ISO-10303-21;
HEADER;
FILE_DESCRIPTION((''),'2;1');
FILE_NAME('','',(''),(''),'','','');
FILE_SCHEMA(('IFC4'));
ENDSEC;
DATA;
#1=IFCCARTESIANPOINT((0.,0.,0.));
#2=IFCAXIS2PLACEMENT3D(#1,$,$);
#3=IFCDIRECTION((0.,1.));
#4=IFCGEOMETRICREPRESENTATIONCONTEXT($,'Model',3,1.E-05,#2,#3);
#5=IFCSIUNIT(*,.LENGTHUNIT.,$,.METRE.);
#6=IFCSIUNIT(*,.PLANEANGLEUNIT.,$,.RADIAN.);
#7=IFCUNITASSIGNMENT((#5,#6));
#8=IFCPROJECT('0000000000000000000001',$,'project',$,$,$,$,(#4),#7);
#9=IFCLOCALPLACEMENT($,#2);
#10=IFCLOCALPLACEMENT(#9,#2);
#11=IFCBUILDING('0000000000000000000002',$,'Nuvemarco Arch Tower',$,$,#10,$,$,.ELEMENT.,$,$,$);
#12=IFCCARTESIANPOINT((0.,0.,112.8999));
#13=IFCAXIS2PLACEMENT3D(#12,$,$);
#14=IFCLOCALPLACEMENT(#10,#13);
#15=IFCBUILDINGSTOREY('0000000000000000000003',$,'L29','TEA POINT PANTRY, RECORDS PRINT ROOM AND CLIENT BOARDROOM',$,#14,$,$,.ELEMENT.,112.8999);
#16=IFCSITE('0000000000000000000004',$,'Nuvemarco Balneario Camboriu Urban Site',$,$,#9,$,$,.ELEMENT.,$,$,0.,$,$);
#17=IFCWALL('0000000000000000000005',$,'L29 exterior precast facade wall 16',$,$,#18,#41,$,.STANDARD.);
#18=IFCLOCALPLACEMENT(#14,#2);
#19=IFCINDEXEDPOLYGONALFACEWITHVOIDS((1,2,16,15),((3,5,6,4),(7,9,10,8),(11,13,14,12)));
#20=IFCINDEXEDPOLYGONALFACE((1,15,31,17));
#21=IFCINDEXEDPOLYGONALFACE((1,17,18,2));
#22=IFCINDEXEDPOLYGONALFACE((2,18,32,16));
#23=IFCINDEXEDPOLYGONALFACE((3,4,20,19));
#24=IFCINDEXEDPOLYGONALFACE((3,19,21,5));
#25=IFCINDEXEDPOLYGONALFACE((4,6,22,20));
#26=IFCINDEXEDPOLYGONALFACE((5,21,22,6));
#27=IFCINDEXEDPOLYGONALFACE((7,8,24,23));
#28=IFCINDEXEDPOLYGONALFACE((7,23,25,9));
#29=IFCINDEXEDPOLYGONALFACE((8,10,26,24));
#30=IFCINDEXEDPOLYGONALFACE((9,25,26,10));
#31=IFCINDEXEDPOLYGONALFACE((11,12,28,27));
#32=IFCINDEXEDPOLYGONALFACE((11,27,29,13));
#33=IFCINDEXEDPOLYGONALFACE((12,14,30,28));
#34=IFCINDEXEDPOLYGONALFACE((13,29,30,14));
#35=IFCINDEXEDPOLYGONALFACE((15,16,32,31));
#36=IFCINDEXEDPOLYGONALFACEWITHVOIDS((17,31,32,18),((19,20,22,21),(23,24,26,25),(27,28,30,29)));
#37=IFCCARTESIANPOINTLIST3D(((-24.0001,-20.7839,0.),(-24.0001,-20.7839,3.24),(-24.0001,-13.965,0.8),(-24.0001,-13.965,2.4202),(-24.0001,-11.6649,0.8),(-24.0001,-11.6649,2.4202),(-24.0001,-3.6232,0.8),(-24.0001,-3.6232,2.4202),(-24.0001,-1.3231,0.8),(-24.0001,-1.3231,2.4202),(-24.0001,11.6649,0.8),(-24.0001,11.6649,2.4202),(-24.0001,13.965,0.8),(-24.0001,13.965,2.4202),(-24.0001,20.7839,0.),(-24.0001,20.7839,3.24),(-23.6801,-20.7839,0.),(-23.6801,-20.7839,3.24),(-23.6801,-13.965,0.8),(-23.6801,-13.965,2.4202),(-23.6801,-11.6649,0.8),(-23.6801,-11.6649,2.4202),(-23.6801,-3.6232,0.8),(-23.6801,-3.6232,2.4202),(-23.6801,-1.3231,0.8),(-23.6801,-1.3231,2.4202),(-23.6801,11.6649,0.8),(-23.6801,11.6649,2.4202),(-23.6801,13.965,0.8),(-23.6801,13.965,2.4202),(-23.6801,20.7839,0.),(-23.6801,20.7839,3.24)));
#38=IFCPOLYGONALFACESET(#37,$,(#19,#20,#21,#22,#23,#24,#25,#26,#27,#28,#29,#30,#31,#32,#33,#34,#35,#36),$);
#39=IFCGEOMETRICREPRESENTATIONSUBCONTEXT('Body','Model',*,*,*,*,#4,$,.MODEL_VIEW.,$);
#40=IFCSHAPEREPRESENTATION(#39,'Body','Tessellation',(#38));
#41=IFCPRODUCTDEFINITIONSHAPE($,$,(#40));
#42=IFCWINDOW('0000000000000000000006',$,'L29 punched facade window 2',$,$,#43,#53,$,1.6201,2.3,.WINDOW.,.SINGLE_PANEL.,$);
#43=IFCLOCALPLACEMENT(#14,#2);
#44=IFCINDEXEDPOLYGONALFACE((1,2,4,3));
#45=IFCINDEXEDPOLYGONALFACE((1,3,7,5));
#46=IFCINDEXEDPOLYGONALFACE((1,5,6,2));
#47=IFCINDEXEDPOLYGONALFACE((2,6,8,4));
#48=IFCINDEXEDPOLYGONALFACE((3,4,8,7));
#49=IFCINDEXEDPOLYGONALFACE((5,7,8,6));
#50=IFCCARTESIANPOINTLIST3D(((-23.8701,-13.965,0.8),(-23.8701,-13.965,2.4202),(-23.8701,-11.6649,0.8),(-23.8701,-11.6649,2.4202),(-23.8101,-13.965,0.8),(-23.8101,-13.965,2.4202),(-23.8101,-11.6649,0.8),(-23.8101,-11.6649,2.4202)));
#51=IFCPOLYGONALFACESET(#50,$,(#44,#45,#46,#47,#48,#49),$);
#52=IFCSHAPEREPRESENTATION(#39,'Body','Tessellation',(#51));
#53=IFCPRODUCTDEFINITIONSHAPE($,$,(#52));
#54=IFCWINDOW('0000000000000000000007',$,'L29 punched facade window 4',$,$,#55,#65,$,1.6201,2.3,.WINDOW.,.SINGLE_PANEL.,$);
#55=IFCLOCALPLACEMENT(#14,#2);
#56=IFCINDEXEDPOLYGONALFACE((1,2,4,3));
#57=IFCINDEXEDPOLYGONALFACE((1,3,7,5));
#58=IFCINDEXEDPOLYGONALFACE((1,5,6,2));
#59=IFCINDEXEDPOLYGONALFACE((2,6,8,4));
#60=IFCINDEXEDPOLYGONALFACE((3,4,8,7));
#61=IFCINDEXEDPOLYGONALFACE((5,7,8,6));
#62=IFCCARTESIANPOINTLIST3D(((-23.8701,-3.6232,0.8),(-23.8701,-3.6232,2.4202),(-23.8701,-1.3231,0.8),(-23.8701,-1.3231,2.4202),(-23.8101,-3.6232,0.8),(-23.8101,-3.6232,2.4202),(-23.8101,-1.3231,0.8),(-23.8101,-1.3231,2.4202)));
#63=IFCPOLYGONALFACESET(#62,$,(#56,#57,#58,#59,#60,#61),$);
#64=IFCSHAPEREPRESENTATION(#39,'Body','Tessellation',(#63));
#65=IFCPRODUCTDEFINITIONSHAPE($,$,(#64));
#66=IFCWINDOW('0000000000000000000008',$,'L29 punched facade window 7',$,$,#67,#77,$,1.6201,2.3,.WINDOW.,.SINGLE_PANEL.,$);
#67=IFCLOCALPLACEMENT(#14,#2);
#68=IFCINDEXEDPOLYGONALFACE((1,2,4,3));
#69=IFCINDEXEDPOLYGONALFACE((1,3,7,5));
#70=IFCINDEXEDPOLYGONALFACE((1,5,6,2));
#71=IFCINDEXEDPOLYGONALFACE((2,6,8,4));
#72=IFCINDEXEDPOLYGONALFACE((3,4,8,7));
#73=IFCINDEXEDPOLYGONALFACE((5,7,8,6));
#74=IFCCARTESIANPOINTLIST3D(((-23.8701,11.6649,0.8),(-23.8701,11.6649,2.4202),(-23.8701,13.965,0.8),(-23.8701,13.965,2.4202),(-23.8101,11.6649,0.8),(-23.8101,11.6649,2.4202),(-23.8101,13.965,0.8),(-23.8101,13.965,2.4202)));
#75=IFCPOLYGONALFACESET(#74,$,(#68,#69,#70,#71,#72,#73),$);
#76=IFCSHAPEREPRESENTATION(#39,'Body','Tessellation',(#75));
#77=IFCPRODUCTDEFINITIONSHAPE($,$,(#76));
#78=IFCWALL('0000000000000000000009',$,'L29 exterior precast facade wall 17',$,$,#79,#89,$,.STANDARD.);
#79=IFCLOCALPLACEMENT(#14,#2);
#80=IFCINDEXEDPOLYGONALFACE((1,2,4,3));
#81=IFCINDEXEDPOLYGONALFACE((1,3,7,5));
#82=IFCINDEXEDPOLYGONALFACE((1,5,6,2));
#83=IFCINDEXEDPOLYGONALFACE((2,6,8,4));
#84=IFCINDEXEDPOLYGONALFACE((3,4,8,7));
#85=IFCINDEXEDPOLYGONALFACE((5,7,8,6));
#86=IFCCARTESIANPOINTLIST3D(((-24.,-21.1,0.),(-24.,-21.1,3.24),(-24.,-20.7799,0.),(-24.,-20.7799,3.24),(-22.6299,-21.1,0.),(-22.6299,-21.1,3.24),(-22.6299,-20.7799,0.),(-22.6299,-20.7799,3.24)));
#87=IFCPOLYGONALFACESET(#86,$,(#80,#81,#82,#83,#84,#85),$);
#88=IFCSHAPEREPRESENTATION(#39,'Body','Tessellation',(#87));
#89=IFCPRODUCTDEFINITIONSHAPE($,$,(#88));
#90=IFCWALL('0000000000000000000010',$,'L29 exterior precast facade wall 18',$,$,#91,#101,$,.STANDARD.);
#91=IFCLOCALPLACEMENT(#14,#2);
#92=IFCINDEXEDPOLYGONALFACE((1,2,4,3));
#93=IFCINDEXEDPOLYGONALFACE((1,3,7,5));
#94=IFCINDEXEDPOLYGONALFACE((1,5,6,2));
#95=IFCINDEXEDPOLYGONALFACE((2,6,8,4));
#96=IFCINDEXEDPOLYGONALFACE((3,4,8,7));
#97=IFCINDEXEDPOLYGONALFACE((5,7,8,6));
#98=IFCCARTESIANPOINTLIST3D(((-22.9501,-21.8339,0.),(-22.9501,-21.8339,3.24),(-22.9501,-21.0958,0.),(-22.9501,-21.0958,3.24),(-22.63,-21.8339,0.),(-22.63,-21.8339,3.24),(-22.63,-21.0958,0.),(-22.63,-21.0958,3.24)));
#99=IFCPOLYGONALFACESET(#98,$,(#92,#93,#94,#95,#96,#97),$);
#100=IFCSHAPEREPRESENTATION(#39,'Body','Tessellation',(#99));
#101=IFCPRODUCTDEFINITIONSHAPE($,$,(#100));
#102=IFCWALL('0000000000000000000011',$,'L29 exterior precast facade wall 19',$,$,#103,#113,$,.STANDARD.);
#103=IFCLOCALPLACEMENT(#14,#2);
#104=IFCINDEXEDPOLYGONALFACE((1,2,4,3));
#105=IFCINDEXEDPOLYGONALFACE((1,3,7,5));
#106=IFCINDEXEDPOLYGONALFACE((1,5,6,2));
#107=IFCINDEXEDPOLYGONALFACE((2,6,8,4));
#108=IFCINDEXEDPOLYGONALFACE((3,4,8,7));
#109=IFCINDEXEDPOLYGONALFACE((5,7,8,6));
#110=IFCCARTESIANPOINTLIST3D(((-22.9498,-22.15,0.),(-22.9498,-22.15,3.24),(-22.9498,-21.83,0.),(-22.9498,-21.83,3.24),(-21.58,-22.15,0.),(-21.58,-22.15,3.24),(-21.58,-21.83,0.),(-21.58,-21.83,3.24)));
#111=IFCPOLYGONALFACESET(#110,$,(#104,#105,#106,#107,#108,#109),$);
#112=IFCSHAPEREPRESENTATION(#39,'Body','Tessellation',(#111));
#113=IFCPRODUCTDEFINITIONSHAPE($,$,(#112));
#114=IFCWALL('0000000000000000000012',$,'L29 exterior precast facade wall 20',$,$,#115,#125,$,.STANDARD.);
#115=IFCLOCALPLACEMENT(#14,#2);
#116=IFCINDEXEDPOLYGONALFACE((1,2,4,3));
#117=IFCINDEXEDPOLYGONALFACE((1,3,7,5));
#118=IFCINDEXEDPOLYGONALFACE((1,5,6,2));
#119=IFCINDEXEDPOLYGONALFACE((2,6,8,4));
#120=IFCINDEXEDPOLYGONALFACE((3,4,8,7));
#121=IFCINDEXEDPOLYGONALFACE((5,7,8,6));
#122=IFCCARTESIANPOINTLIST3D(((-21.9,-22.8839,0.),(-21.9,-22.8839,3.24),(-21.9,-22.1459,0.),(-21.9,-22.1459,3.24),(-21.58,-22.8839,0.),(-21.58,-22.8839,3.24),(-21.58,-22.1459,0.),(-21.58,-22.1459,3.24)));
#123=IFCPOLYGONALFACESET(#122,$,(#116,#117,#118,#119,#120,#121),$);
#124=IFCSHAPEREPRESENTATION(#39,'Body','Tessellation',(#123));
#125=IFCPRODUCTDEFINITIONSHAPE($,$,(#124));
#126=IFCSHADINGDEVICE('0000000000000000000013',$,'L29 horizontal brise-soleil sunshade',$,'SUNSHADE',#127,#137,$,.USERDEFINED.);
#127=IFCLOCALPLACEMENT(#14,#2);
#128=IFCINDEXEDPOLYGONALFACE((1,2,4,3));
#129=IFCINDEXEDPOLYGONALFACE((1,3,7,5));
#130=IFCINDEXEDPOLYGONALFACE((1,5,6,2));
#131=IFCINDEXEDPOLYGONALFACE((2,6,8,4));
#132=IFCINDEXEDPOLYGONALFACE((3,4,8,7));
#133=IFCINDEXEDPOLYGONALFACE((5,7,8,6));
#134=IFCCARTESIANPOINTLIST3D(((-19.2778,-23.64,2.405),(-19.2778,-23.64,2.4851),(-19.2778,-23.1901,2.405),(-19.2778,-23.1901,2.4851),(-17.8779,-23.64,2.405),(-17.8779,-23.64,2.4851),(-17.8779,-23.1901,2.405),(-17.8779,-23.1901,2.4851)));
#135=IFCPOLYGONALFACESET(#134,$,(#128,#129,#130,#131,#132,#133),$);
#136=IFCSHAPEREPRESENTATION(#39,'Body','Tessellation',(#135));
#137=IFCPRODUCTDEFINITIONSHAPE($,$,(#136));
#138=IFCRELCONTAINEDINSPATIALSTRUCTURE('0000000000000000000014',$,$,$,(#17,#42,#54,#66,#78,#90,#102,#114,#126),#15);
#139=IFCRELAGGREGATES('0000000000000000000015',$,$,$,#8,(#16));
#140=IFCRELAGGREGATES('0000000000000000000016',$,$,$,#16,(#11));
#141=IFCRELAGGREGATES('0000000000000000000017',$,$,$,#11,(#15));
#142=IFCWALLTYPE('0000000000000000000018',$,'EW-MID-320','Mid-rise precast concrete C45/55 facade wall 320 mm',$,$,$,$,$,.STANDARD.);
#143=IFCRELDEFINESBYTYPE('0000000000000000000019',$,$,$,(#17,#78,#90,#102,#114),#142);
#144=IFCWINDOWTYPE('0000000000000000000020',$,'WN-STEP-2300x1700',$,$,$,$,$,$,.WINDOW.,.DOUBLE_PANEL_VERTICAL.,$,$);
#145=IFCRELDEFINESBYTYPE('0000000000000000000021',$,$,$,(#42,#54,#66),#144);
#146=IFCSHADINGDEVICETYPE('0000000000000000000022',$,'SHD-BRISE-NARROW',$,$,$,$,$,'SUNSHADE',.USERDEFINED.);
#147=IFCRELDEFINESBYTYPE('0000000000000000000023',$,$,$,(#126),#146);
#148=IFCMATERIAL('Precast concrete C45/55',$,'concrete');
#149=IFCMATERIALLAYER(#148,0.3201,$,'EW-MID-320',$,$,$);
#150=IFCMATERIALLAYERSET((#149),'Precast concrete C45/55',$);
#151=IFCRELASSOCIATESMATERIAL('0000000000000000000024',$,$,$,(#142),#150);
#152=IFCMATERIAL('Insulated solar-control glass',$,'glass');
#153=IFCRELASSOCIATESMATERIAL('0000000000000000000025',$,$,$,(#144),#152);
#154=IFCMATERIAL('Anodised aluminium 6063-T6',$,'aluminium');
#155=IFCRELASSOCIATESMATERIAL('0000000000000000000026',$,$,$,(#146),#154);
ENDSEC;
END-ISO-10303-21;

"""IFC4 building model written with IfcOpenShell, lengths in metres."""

from ifc_helpers import new_model, si_unit, direction, frame, frame_2d, origin, origin_2d, place, context, subcontext, project, spatial, rectangle, extrude, source, transform, mapped, material, layer, layer_set, type_object, type_shapes, element, fill, save


model = new_model("IFC4")

# Units and contexts
model_context = context("Model", 3, precision=1e-05, world=origin(), true_north=direction((0.0, 1.0)))
body_context = subcontext(model_context, "Body", "Model", "MODEL_VIEW")
ifc_project = project(units=[si_unit("LENGTHUNIT", "METRE"), si_unit("PLANEANGLEUNIT", "RADIAN")], contexts=[model_context])

# Site, building, storey
site_placement = place(None, origin())
site = spatial("IfcSite", under=ifc_project, at=site_placement, Name="Nuvemarco Balneario Camboriu Urban Site", CompositionType="ELEMENT", RefElevation=0.0)
building_placement = place(site_placement, origin())
building = spatial("IfcBuilding", under=site, at=building_placement, Name="Nuvemarco Arch Tower", CompositionType="ELEMENT")
storey_placement = place(building_placement, frame((0.0, 0.0, 112.8999)))
storey = spatial("IfcBuildingStorey", under=building, at=storey_placement, Name="L29", Description="TEA POINT PANTRY, RECORDS PRINT ROOM AND CLIENT BOARDROOM", CompositionType="ELEMENT", Elevation=112.8999)

# Shared definitions
ifc_material_1 = material(Name="Precast concrete C45/55", Category="concrete")
ifc_layer_1 = layer(ifc_material_1, 0.3201, Name="EW-MID-320")
ifc_layer_set_1 = layer_set([ifc_layer_1], Name="Precast concrete C45/55")
wall_type = type_object("IfcWallType", Name="EW-MID-320", Description="Mid-rise precast concrete C45/55 facade wall 320 mm", PredefinedType="STANDARD", material=ifc_layer_set_1)
ifc_material_2 = material(Name="Insulated solar-control glass", Category="glass")

# Wall, openings, windows
wall_1_placement = place(storey_placement, frame((-23.8401, -20.7839, 0.0), z_axis=(0.0, 0.0, 1.0), x_axis=(0.0, 1.0, 0.0)))
wall_1 = element("IfcWall", 1, at=wall_1_placement, inside=storey, type_object=wall_type, Name="L29 exterior precast facade wall 16", PredefinedType="STANDARD", context=body_context, shape_type="SweptSolid", body=[
    extrude(rectangle(XDim=41.5679, YDim=0.3201, at=frame_2d((20.7839, 0.0))), origin(), (0.0, 0.0, 1.0), 3.24),
])
opening_1_placement = place(wall_1_placement, frame((6.8191, 0.0, 0.8)))
opening_1 = element("IfcOpeningElement", 2, at=opening_1_placement, cuts=wall_1, PredefinedType="OPENING", context=body_context, shape_type="SweptSolid", body=[
    extrude(rectangle(XDim=2.3, YDim=1.6201, at=frame_2d((1.1499, 0.8101))), frame((0.0, 0.1699, 0.0), z_axis=(0.0, -1.0, 0.0), x_axis=(1.0, 0.0, 0.0)), (0.0, 0.0, 1.0), 0.3401),
])
opening_2_placement = place(wall_1_placement, frame((17.1609, 0.0, 0.8)))
opening_2 = element("IfcOpeningElement", 3, at=opening_2_placement, cuts=wall_1, PredefinedType="OPENING", context=body_context, shape_type="SweptSolid", body=[
    extrude(rectangle(XDim=2.3, YDim=1.6201, at=frame_2d((1.1499, 0.8101))), frame((0.0, 0.1699, 0.0), z_axis=(0.0, -1.0, 0.0), x_axis=(1.0, 0.0, 0.0)), (0.0, 0.0, 1.0), 0.3401),
])
opening_3_placement = place(wall_1_placement, frame((32.449, 0.0, 0.8)))
opening_3 = element("IfcOpeningElement", 4, at=opening_3_placement, cuts=wall_1, PredefinedType="OPENING", context=body_context, shape_type="SweptSolid", body=[
    extrude(rectangle(XDim=2.3, YDim=1.6201, at=frame_2d((1.1499, 0.8101))), frame((0.0, 0.1699, 0.0), z_axis=(0.0, -1.0, 0.0), x_axis=(1.0, 0.0, 0.0)), (0.0, 0.0, 1.0), 0.3401),
])
window_type_1 = type_object("IfcWindowType", Name="WN-STEP-2300x1700", PartitioningType="DOUBLE_PANEL_VERTICAL", PredefinedType="WINDOW", material=ifc_material_2)
shared_shape_1 = source(origin(), body_context, "Body", "SweptSolid", [
    extrude(rectangle(XDim=2.3, YDim=1.6201, at=frame_2d((1.1499, 0.8101))), frame((0.0, 0.03, 0.0), z_axis=(0.0, -1.0, 0.0), x_axis=(1.0, 0.0, 0.0)), (0.0, 0.0, 1.0), 0.0601),
])
type_shapes(window_type_1, [shared_shape_1])
window_1_placement = place(opening_1_placement, origin())
window_1 = element("IfcWindow", 5, at=window_1_placement, inside=storey, type_object=window_type_1, Name="L29 punched facade window 2", OverallHeight=1.6201, OverallWidth=2.3, PartitioningType="SINGLE_PANEL", PredefinedType="WINDOW", context=body_context, shape_type="MappedRepresentation", body=[
    mapped(shared_shape_1, transform((0.0, 0.0, 0.0), scale=1.0)),
])
fill(opening_1, window_1)
window_2_placement = place(opening_2_placement, origin())
window_2 = element("IfcWindow", 6, at=window_2_placement, inside=storey, type_object=window_type_1, Name="L29 punched facade window 4", OverallHeight=1.6201, OverallWidth=2.3, PartitioningType="SINGLE_PANEL", PredefinedType="WINDOW", context=body_context, shape_type="MappedRepresentation", body=[
    mapped(shared_shape_1, transform((0.0, 0.0, 0.0), scale=1.0)),
])
fill(opening_2, window_2)
window_3_placement = place(opening_3_placement, origin())
window_3 = element("IfcWindow", 7, at=window_3_placement, inside=storey, type_object=window_type_1, Name="L29 punched facade window 7", OverallHeight=1.6201, OverallWidth=2.3, PartitioningType="SINGLE_PANEL", PredefinedType="WINDOW", context=body_context, shape_type="MappedRepresentation", body=[
    mapped(shared_shape_1, transform((0.0, 0.0, 0.0), scale=1.0)),
])
fill(opening_3, window_3)

# Walls
wall_2_placement = place(storey_placement, frame((-24.0, -20.9399, 0.0), z_axis=(0.0, 0.0, 1.0), x_axis=(1.0, 0.0, 0.0)))
element("IfcWall", 8, at=wall_2_placement, inside=storey, type_object=wall_type, Name="L29 exterior precast facade wall 17", PredefinedType="STANDARD", context=body_context, shape_type="SweptSolid", body=[
    extrude(rectangle(XDim=1.3701, YDim=0.3201, at=frame_2d((0.6851, 0.0))), origin(), (0.0, 0.0, 1.0), 3.24),
])
wall_3_placement = place(storey_placement, frame((-22.79, -21.834, 0.0), z_axis=(0.0, 0.0, 1.0), x_axis=(0.0, 1.0, 0.0)))
element("IfcWall", 9, at=wall_3_placement, inside=storey, type_object=wall_type, Name="L29 exterior precast facade wall 18", PredefinedType="STANDARD", context=body_context, shape_type="SweptSolid", body=[
    extrude(rectangle(XDim=0.738, YDim=0.3201, at=frame_2d((0.3691, 0.0))), origin(), (0.0, 0.0, 1.0), 3.24),
])
wall_4_placement = place(storey_placement, frame((-22.95, -21.99, 0.0), z_axis=(0.0, 0.0, 1.0), x_axis=(1.0, 0.0, 0.0)))
element("IfcWall", 10, at=wall_4_placement, inside=storey, type_object=wall_type, Name="L29 exterior precast facade wall 19", PredefinedType="STANDARD", context=body_context, shape_type="SweptSolid", body=[
    extrude(rectangle(XDim=1.3699, YDim=0.3201, at=frame_2d((0.6851, 0.0))), origin(), (0.0, 0.0, 1.0), 3.24),
])
wall_5_placement = place(storey_placement, frame((-21.74, -22.884, 0.0), z_axis=(0.0, 0.0, 1.0), x_axis=(0.0, 1.0, 0.0)))
element("IfcWall", 11, at=wall_5_placement, inside=storey, type_object=wall_type, Name="L29 exterior precast facade wall 20", PredefinedType="STANDARD", context=body_context, shape_type="SweptSolid", body=[
    extrude(rectangle(XDim=0.738, YDim=0.3201, at=frame_2d((0.3691, 0.0))), origin(), (0.0, 0.0, 1.0), 3.24),
])

# Shading device
ifc_material_3 = material(Name="Anodised aluminium 6063-T6", Category="aluminium")
shading_device_type = type_object("IfcShadingDeviceType", Name="SHD-BRISE-NARROW", ElementType="SUNSHADE", PredefinedType="USERDEFINED", material=ifc_material_3)
shared_shape_2 = source(origin(), body_context, "Body", "SweptSolid", [
    extrude(rectangle(XDim=1.3999, YDim=0.45, at=origin_2d()), origin(), (0.0, 0.0, 1.0), 0.0801),
])
type_shapes(shading_device_type, [shared_shape_2])
shading_device_placement = place(storey_placement, frame((-18.5779, -23.415, 2.405), z_axis=(0.0, 0.0, 1.0), x_axis=(1.0, 0.0, 0.0)))
element("IfcShadingDevice", 12, at=shading_device_placement, inside=storey, type_object=shading_device_type, Name="L29 horizontal brise-soleil sunshade", ObjectType="SUNSHADE", PredefinedType="USERDEFINED", context=body_context, shape_type="MappedRepresentation", body=[
    mapped(shared_shape_2, transform((0.0, 0.0, 0.0), scale=1.0)),
])

save(model, "model.ifc")
